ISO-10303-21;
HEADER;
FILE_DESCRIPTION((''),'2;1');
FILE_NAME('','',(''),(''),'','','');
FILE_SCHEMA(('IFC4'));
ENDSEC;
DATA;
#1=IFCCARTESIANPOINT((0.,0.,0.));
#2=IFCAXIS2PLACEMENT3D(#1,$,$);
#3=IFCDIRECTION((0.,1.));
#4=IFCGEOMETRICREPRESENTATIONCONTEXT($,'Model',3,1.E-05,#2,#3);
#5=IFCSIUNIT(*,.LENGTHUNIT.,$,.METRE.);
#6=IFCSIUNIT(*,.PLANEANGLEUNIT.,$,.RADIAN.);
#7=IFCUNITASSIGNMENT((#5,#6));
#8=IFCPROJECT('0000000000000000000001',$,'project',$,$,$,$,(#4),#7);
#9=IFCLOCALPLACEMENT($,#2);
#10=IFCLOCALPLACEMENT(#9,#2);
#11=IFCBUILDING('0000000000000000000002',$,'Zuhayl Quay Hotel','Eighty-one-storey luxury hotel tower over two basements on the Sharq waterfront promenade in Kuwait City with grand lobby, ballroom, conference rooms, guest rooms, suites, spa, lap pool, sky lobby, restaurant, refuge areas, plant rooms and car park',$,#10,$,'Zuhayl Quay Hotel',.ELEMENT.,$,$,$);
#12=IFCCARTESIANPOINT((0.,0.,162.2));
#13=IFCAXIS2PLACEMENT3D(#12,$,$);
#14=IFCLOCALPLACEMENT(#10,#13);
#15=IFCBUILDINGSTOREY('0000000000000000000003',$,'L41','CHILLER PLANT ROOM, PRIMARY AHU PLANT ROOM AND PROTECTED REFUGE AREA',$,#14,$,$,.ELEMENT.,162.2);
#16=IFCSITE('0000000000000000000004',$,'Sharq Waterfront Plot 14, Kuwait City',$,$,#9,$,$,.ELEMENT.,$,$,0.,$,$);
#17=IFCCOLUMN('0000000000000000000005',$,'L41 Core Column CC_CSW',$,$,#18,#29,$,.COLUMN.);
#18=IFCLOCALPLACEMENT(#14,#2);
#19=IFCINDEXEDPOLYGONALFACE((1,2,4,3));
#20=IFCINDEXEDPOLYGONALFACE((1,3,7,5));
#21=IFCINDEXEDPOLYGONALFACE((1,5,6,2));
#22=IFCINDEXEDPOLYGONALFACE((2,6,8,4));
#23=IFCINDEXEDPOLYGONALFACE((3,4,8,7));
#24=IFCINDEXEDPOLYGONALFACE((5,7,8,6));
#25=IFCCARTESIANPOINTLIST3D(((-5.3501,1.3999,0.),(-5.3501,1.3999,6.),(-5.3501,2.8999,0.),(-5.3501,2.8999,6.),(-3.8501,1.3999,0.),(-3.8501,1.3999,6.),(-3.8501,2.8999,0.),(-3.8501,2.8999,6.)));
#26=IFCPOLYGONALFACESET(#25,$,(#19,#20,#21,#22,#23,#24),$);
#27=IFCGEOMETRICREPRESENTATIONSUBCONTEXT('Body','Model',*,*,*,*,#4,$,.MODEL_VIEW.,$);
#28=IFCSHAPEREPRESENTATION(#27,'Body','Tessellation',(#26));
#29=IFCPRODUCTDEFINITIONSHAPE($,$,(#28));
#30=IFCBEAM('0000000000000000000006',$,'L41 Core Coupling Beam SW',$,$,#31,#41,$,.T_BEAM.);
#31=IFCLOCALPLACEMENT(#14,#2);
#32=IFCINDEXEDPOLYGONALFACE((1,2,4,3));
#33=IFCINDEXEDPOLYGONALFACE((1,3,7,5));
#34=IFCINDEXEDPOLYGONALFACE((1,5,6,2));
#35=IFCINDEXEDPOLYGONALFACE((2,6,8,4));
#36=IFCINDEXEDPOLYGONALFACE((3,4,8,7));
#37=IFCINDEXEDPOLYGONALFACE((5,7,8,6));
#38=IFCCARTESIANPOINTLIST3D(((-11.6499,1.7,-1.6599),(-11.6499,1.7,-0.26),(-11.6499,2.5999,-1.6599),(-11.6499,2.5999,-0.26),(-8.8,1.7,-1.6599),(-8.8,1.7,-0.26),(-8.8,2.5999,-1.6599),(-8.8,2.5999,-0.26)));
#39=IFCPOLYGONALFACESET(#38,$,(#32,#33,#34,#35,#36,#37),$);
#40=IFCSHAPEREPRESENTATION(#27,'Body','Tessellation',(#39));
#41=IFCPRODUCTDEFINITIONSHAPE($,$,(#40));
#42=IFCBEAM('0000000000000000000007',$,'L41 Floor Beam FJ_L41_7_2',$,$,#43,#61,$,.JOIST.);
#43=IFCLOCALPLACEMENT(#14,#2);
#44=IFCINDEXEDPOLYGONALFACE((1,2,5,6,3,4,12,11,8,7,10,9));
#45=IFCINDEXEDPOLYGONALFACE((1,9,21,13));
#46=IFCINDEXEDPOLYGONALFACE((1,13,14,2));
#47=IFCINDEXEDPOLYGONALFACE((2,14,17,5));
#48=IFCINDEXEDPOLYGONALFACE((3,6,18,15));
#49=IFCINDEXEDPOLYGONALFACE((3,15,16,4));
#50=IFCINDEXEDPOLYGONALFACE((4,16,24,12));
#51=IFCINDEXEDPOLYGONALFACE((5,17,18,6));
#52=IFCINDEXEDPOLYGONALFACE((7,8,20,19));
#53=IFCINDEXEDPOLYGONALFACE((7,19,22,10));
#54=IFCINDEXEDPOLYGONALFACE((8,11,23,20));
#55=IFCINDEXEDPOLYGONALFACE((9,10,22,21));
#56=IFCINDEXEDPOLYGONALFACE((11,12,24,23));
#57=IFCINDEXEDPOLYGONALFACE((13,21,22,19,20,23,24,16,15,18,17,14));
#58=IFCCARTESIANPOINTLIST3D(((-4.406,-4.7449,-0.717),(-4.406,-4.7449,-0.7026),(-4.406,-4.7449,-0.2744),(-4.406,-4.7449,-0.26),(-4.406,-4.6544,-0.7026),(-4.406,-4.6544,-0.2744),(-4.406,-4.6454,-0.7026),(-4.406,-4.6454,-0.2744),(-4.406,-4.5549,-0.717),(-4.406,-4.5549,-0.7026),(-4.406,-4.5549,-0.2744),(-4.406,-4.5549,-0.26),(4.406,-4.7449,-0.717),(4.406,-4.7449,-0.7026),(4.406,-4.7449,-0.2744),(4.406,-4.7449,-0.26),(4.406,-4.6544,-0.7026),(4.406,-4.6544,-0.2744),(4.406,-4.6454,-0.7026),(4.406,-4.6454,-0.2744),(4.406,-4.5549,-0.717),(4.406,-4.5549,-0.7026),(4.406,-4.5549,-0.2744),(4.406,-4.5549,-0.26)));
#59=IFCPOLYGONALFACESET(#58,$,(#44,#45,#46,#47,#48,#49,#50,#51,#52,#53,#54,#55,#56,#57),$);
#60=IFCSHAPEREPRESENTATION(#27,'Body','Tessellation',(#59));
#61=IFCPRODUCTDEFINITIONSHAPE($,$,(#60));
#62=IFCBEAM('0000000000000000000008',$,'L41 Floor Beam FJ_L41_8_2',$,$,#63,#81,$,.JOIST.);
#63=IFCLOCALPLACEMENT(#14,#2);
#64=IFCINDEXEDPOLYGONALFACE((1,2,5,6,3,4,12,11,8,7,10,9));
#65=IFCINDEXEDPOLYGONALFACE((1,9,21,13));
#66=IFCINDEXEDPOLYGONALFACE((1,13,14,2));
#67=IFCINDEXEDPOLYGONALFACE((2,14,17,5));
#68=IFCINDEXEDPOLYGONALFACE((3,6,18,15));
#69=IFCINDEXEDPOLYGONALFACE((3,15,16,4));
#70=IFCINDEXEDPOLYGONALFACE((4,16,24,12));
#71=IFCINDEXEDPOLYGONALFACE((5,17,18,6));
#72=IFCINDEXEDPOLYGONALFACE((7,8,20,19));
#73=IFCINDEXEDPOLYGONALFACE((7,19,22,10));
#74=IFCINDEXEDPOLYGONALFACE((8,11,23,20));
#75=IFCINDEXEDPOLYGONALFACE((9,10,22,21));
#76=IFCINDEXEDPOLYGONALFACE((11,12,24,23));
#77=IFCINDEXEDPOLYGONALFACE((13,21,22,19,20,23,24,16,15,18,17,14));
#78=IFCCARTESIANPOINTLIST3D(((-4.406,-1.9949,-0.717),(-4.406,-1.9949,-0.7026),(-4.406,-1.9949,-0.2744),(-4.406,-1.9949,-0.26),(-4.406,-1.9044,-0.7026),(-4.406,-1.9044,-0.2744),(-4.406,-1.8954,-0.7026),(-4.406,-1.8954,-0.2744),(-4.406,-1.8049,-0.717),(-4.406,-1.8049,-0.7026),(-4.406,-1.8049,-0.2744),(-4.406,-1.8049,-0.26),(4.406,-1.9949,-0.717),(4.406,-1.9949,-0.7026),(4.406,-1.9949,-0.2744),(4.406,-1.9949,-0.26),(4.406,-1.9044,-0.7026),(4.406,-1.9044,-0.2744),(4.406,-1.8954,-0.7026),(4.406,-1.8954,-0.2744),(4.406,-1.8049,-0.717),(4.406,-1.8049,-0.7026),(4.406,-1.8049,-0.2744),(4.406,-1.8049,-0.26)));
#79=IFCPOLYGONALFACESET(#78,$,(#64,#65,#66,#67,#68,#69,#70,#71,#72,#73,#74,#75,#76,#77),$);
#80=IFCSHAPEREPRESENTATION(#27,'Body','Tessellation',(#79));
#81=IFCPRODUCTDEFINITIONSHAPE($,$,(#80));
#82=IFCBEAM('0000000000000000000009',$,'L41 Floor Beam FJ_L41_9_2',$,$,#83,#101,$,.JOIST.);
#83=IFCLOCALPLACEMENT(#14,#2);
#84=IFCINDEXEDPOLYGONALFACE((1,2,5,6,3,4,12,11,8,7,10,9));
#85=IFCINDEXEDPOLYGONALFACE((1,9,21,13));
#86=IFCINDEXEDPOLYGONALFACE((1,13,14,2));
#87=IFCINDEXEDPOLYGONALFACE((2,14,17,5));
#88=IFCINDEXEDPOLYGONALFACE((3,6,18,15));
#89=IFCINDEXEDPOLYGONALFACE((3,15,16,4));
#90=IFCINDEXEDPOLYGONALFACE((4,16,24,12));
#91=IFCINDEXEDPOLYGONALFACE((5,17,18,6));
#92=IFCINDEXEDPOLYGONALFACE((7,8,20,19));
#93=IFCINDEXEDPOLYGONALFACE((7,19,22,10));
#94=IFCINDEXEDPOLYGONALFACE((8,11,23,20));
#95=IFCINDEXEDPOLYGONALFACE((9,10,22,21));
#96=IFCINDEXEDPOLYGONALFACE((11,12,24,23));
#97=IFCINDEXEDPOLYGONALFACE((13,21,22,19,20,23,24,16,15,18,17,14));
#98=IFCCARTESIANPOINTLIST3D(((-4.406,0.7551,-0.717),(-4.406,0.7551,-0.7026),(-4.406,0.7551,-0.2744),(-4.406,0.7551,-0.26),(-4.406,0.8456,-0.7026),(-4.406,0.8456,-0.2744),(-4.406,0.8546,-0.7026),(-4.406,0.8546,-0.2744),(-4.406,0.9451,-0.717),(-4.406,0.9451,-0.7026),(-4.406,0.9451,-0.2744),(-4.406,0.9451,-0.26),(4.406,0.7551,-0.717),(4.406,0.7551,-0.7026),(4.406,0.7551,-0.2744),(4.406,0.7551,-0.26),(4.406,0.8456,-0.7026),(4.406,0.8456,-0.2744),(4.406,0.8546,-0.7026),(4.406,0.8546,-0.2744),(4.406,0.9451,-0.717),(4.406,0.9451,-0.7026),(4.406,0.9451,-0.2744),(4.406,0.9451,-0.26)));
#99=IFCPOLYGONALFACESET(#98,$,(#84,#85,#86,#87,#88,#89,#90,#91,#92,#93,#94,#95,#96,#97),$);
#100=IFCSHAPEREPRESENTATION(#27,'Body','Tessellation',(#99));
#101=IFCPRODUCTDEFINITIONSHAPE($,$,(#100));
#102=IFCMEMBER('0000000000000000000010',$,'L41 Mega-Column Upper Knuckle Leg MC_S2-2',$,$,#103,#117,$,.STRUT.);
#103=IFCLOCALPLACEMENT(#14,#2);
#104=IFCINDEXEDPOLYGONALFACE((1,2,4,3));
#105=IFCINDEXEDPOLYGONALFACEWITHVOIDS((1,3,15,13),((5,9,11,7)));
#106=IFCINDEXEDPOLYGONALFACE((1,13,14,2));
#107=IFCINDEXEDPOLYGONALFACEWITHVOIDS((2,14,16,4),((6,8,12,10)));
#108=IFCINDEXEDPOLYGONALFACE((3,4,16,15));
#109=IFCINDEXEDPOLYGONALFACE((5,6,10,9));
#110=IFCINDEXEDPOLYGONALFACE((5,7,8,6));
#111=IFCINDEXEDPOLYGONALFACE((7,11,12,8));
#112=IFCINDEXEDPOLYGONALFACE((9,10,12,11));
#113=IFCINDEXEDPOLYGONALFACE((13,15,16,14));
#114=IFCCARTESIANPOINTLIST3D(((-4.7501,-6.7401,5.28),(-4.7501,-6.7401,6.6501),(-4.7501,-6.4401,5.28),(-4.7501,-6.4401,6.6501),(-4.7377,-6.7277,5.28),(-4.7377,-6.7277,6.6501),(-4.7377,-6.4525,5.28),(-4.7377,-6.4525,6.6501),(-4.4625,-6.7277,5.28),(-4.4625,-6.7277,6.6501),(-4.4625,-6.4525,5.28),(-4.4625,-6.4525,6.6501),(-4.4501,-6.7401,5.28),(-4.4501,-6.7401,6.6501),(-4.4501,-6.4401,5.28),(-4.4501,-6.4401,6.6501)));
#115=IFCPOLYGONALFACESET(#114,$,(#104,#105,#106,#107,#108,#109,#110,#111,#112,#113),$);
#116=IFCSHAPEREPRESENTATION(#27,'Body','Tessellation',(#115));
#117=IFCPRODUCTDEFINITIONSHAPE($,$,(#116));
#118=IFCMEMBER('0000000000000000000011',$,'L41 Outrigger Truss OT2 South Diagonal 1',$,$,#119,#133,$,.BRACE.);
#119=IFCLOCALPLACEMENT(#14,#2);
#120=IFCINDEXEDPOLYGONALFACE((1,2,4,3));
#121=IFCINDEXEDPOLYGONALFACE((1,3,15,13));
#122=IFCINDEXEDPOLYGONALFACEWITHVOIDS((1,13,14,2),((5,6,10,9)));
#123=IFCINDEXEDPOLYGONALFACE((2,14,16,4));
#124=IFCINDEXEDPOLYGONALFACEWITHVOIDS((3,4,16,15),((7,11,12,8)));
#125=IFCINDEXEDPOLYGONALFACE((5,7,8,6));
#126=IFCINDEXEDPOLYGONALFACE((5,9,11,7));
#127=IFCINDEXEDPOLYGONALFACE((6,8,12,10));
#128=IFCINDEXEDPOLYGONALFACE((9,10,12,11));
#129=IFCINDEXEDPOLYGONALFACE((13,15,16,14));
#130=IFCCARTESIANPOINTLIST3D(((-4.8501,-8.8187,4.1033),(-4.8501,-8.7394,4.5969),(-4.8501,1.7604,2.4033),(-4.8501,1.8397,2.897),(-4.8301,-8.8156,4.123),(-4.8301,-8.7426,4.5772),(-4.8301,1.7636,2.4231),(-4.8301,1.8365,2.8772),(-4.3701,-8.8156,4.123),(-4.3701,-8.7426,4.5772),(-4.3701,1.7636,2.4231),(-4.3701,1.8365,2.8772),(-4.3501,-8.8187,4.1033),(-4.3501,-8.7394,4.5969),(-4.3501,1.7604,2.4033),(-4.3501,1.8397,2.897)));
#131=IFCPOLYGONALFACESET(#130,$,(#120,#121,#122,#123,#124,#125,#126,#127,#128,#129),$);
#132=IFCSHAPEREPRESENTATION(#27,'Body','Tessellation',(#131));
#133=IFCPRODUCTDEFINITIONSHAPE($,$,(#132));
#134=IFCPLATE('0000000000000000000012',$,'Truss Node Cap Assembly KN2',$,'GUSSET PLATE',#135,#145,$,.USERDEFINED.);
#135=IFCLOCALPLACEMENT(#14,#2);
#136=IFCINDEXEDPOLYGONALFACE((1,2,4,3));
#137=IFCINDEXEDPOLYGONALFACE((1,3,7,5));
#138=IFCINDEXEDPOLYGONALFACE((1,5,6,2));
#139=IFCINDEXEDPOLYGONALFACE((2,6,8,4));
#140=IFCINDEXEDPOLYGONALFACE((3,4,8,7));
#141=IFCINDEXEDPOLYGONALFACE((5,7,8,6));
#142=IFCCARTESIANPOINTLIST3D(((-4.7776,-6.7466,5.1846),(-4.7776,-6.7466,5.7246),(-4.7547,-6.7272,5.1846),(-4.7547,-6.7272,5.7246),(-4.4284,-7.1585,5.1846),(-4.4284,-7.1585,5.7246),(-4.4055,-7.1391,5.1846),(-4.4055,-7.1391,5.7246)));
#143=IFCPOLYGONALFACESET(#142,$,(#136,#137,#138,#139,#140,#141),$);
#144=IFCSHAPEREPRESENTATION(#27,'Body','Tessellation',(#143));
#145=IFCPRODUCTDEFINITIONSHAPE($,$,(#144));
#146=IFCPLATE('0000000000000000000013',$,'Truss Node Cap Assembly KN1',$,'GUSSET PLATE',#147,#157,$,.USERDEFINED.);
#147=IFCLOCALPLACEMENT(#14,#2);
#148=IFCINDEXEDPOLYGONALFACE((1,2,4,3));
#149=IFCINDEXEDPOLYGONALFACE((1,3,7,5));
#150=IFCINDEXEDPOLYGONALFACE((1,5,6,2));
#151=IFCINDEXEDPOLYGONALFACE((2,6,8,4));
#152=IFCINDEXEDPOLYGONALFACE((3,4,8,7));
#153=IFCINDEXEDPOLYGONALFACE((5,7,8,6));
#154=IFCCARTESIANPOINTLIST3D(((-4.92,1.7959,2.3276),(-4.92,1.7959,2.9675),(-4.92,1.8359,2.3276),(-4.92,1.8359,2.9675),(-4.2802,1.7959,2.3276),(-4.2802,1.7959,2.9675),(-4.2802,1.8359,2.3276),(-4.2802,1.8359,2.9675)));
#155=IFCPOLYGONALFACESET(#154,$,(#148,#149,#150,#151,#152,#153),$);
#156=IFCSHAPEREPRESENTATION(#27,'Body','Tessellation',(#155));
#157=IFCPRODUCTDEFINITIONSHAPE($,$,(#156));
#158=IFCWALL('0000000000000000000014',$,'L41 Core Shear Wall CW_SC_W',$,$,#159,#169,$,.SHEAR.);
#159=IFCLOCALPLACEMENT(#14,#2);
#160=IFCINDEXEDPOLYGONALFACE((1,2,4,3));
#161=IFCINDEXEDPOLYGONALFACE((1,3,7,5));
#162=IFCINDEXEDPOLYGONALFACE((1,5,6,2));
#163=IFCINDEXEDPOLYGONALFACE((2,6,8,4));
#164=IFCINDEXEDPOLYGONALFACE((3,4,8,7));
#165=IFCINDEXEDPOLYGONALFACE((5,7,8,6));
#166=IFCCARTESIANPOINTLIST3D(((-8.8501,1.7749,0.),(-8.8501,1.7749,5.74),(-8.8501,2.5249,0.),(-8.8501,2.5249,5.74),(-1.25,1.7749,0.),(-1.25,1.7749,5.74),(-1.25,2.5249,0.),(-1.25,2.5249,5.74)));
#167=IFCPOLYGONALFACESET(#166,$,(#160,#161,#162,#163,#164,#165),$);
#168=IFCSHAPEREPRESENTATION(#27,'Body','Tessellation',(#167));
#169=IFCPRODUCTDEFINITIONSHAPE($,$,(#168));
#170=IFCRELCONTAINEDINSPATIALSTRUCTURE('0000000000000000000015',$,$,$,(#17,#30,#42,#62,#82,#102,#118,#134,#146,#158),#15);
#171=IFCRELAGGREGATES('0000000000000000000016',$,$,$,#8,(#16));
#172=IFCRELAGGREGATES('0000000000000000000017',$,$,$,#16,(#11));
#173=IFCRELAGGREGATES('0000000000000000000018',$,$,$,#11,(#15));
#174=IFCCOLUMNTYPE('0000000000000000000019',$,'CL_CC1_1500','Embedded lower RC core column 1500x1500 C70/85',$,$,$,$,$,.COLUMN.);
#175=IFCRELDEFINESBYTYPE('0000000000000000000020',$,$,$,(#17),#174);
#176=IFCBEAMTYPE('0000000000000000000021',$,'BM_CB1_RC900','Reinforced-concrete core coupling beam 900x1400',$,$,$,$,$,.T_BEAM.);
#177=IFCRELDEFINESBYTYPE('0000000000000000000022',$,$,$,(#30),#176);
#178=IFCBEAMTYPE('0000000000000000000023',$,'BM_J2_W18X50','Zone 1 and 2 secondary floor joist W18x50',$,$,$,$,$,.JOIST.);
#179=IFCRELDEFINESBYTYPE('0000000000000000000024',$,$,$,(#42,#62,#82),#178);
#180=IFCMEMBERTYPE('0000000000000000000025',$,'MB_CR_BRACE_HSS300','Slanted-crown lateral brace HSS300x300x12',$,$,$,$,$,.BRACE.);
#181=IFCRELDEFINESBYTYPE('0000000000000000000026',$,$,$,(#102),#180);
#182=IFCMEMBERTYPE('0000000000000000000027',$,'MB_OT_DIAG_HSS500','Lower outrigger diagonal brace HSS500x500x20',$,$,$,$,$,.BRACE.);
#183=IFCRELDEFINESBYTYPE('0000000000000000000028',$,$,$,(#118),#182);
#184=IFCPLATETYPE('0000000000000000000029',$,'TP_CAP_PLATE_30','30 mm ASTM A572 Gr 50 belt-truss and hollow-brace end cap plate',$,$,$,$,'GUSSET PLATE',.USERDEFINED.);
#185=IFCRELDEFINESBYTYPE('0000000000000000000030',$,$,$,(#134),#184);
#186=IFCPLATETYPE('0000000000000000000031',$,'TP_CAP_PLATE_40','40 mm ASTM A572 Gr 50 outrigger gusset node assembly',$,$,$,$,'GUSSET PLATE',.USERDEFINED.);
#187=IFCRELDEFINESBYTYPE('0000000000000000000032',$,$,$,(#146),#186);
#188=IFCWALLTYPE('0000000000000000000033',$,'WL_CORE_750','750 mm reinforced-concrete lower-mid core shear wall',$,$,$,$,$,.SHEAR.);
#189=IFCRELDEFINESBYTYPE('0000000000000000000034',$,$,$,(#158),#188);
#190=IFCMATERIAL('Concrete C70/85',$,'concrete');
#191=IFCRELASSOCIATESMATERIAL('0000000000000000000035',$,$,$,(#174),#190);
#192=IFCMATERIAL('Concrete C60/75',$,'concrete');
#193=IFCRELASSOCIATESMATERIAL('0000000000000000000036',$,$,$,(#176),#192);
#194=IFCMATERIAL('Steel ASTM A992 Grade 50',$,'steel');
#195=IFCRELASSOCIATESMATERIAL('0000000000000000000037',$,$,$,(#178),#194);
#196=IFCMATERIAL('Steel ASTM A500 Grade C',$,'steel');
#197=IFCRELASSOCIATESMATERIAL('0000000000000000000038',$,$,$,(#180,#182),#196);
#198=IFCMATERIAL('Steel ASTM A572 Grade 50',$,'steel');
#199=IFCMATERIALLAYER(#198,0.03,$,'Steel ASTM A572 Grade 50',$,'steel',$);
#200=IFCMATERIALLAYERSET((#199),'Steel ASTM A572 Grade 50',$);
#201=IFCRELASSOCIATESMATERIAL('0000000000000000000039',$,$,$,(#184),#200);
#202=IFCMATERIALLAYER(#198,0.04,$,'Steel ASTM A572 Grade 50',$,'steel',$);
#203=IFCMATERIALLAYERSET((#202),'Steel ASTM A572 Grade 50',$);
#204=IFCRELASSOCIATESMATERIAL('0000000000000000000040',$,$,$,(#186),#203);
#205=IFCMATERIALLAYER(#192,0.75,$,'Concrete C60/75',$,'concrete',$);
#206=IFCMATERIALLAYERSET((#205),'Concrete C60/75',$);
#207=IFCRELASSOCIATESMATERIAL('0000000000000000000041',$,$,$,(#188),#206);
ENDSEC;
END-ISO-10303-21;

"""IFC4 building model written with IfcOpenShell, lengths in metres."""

from ifc_helpers import new_model, si_unit, direction, frame, frame_2d, origin, origin_2d, place, context, subcontext, project, spatial, rectangle, hollow_rectangle, i_section, extrude, material, layer, layer_set, material_profile, profile_set, type_object, element, save


model = new_model("IFC4")

# Units and contexts
model_context = context("Model", 3, precision=1e-05, world=origin(), true_north=direction((0.0, 1.0)))
body_context = subcontext(model_context, "Body", "Model", "MODEL_VIEW")
ifc_project = project(units=[si_unit("LENGTHUNIT", "METRE"), si_unit("PLANEANGLEUNIT", "RADIAN")], contexts=[model_context])

# Site, building, storey
site_placement = place(None, origin())
site = spatial("IfcSite", under=ifc_project, at=site_placement, Name="Sharq Waterfront Plot 14, Kuwait City", CompositionType="ELEMENT", RefElevation=0.0)
building_placement = place(site_placement, origin())
building = spatial("IfcBuilding", under=site, at=building_placement, Name="Zuhayl Quay Hotel", Description="Eighty-one-storey luxury hotel tower over two basements on the Sharq waterfront promenade in Kuwait City with grand lobby, ballroom, conference rooms, guest rooms, suites, spa, lap pool, sky lobby, restaurant, refuge areas, plant rooms and car park", LongName="Zuhayl Quay Hotel", CompositionType="ELEMENT")
storey_placement = place(building_placement, frame((0.0, 0.0, 162.2)))
storey = spatial("IfcBuildingStorey", under=building, at=storey_placement, Name="L41", Description="CHILLER PLANT ROOM, PRIMARY AHU PLANT ROOM AND PROTECTED REFUGE AREA", CompositionType="ELEMENT", Elevation=162.2)

# Column
ifc_material_1 = material(Name="Concrete C70/85", Category="concrete")
ifc_material_profile_1 = material_profile(ifc_material_1, rectangle(XDim=1.5, YDim=1.5, at=origin_2d()), Name="RC1500X1500")
ifc_profile_set_1 = profile_set([ifc_material_profile_1], Name="Concrete C70/85")
column_type = type_object("IfcColumnType", Name="CL_CC1_1500", Description="Embedded lower RC core column 1500x1500 C70/85", PredefinedType="COLUMN", material=ifc_profile_set_1)
column_placement = place(storey_placement, frame((-4.6001, 2.1499, 0.0), z_axis=(0.0, 0.0, 1.0), x_axis=(1.0, 0.0, 0.0)))
element("IfcColumn", 1, at=column_placement, inside=storey, type_object=column_type, Name="L41 Core Column CC_CSW", PredefinedType="COLUMN", context=body_context, shape_type="SweptSolid", body=[
    extrude(rectangle(XDim=1.5, YDim=1.5, at=origin_2d()), origin(), (0.0, 0.0, 1.0), 6.0),
])

# Beams
ifc_material_2 = material(Name="Concrete C60/75", Category="concrete")
ifc_material_profile_2 = material_profile(ifc_material_2, rectangle(XDim=0.8999, YDim=1.3999, at=origin_2d()), Name="RC900X1400")
ifc_profile_set_2 = profile_set([ifc_material_profile_2], Name="Concrete C60/75")
beam_type_1 = type_object("IfcBeamType", Name="BM_CB1_RC900", Description="Reinforced-concrete core coupling beam 900x1400", PredefinedType="T_BEAM", material=ifc_profile_set_2)
beam_placement = place(storey_placement, frame((-11.6499, 2.1499, -0.96), z_axis=(1.0, 0.0, 0.0), x_axis=(0.0, 1.0, 0.0)))
element("IfcBeam", 2, at=beam_placement, inside=storey, type_object=beam_type_1, Name="L41 Core Coupling Beam SW", PredefinedType="T_BEAM", context=body_context, shape_type="SweptSolid", body=[
    extrude(rectangle(XDim=0.8999, YDim=1.3999, at=origin_2d()), origin(), (0.0, 0.0, 1.0), 2.8499),
])
ifc_material_3 = material(Name="Steel ASTM A992 Grade 50", Category="steel")
ifc_material_profile_3 = material_profile(ifc_material_3, i_section(OverallWidth=0.1899, OverallDepth=0.457, WebThickness=0.009, FlangeThickness=0.0144, at=origin_2d()), Name="W18X50")
ifc_profile_set_3 = profile_set([ifc_material_profile_3], Name="Steel ASTM A992 Grade 50")
beam_type_2 = type_object("IfcBeamType", Name="BM_J2_W18X50", Description="Zone 1 and 2 secondary floor joist W18x50", PredefinedType="JOIST", material=ifc_profile_set_3)
for number, where, z_axis, x_axis, name in (
    (3, (-4.406, -4.6499, -0.4885), (1.0, 0.0, 0.0), (0.0, 1.0, 0.0), "L41 Floor Beam FJ_L41_7_2"),
    (4, (-4.406, -1.8999, -0.4885), (1.0, 0.0, 0.0), (0.0, 1.0, 0.0), "L41 Floor Beam FJ_L41_8_2"),
    (5, (-4.406, 0.8501, -0.4885), (1.0, 0.0, 0.0), (0.0, 1.0, 0.0), "L41 Floor Beam FJ_L41_9_2"),
):
    element("IfcBeam", number, at=place(storey_placement, frame(where, z_axis=z_axis, x_axis=x_axis)), inside=storey, type_object=beam_type_2, Name=name, PredefinedType="JOIST", context=body_context, shape_type="SweptSolid", body=[
        extrude(i_section(OverallWidth=0.1899, OverallDepth=0.457, WebThickness=0.009, FlangeThickness=0.0144, at=origin_2d()), origin(), (0.0, 0.0, 1.0), 8.812),
    ])

# Members
ifc_material_4 = material(Name="Steel ASTM A500 Grade C", Category="steel")
ifc_material_profile_4 = material_profile(ifc_material_4, hollow_rectangle(XDim=0.3, YDim=0.3, WallThickness=0.0125, at=origin_2d()), Name="HSS300X300X12")
ifc_profile_set_4 = profile_set([ifc_material_profile_4], Name="Steel ASTM A500 Grade C")
member_type_1 = type_object("IfcMemberType", Name="MB_CR_BRACE_HSS300", Description="Slanted-crown lateral brace HSS300x300x12", PredefinedType="BRACE", material=ifc_profile_set_4)
member_1_placement = place(storey_placement, frame((-4.6001, -6.5901, 5.28), z_axis=(0.0, 0.0, 1.0), x_axis=(1.0, 0.0, 0.0)))
element("IfcMember", 6, at=member_1_placement, inside=storey, type_object=member_type_1, Name="L41 Mega-Column Upper Knuckle Leg MC_S2-2", PredefinedType="STRUT", context=body_context, shape_type="SweptSolid", body=[
    extrude(hollow_rectangle(XDim=0.3, YDim=0.3, WallThickness=0.0125, at=origin_2d()), origin(), (0.0, 0.0, 1.0), 1.3701),
])
ifc_material_profile_5 = material_profile(ifc_material_4, hollow_rectangle(XDim=0.5, YDim=0.5, WallThickness=0.02, at=origin_2d()), Name="HSS500X500X20")
ifc_profile_set_5 = profile_set([ifc_material_profile_5], Name="Steel ASTM A500 Grade C")
member_type_2 = type_object("IfcMemberType", Name="MB_OT_DIAG_HSS500", Description="Lower outrigger diagonal brace HSS500x500x20", PredefinedType="BRACE", material=ifc_profile_set_5)
member_2_placement = place(storey_placement, frame((-4.6001, 1.8, 2.6501), z_axis=(0.0, -0.987334, 0.158654), x_axis=(1.0, 0.0, 0.0)))
element("IfcMember", 7, at=member_2_placement, inside=storey, type_object=member_type_2, Name="L41 Outrigger Truss OT2 South Diagonal 1", PredefinedType="BRACE", context=body_context, shape_type="SweptSolid", body=[
    extrude(hollow_rectangle(XDim=0.5, YDim=0.5, WallThickness=0.02, at=origin_2d()), origin(), (0.0, 0.0, 1.0), 10.7148),
])

# Plates
ifc_material_5 = material(Name="Steel ASTM A572 Grade 50", Category="steel")
ifc_layer_1 = layer(ifc_material_5, 0.03, Name="Steel ASTM A572 Grade 50", Category="steel")
ifc_layer_set_1 = layer_set([ifc_layer_1], Name="Steel ASTM A572 Grade 50")
plate_type_1 = type_object("IfcPlateType", Name="TP_CAP_PLATE_30", Description="30 mm ASTM A572 Gr 50 belt-truss and hollow-brace end cap plate", ElementType="GUSSET PLATE", PredefinedType="USERDEFINED", material=ifc_layer_set_1)
plate_1_placement = place(storey_placement, frame((-4.5916, -6.9429, 5.1846), z_axis=(0.0, 0.0, 1.0), x_axis=(0.762781, 0.646657, 0.0)))
element("IfcPlate", 8, at=plate_1_placement, inside=storey, type_object=plate_type_1, Name="Truss Node Cap Assembly KN2", ObjectType="GUSSET PLATE", PredefinedType="USERDEFINED", context=body_context, shape_type="SweptSolid", body=[
    extrude(rectangle(XDim=0.03, YDim=0.54, at=origin_2d()), origin(), (0.0, 0.0, 1.0), 0.54),
])
ifc_layer_2 = layer(ifc_material_5, 0.04, Name="Steel ASTM A572 Grade 50", Category="steel")
ifc_layer_set_2 = layer_set([ifc_layer_2], Name="Steel ASTM A572 Grade 50")
plate_type_2 = type_object("IfcPlateType", Name="TP_CAP_PLATE_40", Description="40 mm ASTM A572 Gr 50 outrigger gusset node assembly", ElementType="GUSSET PLATE", PredefinedType="USERDEFINED", material=ifc_layer_set_2)
plate_2_placement = place(storey_placement, frame((-4.6001, 1.8159, 2.3276), z_axis=(0.0, 0.0, 1.0), x_axis=(0.0, 1.0, 0.0)))
element("IfcPlate", 9, at=plate_2_placement, inside=storey, type_object=plate_type_2, Name="Truss Node Cap Assembly KN1", ObjectType="GUSSET PLATE", PredefinedType="USERDEFINED", context=body_context, shape_type="SweptSolid", body=[
    extrude(rectangle(XDim=0.04, YDim=0.6399, at=origin_2d()), origin(), (0.0, 0.0, 1.0), 0.6399),
])

# Wall
ifc_layer_3 = layer(ifc_material_2, 0.75, Name="Concrete C60/75", Category="concrete")
ifc_layer_set_3 = layer_set([ifc_layer_3], Name="Concrete C60/75")
wall_type_1 = type_object("IfcWallType", Name="WL_CORE_750", Description="750 mm reinforced-concrete lower-mid core shear wall", PredefinedType="SHEAR", material=ifc_layer_set_3)
wall_1_placement = place(storey_placement, frame((-8.8501, 2.1499, 0.0), z_axis=(0.0, 0.0, 1.0), x_axis=(1.0, 0.0, 0.0)))
element("IfcWall", 10, at=wall_1_placement, inside=storey, type_object=wall_type_1, Name="L41 Core Shear Wall CW_SC_W", PredefinedType="SHEAR", context=body_context, shape_type="SweptSolid", body=[
    extrude(rectangle(XDim=7.6001, YDim=0.75, at=frame_2d((3.8, 0.0))), origin(), (0.0, 0.0, 1.0), 5.74),
])

save(model, "model.ifc")
